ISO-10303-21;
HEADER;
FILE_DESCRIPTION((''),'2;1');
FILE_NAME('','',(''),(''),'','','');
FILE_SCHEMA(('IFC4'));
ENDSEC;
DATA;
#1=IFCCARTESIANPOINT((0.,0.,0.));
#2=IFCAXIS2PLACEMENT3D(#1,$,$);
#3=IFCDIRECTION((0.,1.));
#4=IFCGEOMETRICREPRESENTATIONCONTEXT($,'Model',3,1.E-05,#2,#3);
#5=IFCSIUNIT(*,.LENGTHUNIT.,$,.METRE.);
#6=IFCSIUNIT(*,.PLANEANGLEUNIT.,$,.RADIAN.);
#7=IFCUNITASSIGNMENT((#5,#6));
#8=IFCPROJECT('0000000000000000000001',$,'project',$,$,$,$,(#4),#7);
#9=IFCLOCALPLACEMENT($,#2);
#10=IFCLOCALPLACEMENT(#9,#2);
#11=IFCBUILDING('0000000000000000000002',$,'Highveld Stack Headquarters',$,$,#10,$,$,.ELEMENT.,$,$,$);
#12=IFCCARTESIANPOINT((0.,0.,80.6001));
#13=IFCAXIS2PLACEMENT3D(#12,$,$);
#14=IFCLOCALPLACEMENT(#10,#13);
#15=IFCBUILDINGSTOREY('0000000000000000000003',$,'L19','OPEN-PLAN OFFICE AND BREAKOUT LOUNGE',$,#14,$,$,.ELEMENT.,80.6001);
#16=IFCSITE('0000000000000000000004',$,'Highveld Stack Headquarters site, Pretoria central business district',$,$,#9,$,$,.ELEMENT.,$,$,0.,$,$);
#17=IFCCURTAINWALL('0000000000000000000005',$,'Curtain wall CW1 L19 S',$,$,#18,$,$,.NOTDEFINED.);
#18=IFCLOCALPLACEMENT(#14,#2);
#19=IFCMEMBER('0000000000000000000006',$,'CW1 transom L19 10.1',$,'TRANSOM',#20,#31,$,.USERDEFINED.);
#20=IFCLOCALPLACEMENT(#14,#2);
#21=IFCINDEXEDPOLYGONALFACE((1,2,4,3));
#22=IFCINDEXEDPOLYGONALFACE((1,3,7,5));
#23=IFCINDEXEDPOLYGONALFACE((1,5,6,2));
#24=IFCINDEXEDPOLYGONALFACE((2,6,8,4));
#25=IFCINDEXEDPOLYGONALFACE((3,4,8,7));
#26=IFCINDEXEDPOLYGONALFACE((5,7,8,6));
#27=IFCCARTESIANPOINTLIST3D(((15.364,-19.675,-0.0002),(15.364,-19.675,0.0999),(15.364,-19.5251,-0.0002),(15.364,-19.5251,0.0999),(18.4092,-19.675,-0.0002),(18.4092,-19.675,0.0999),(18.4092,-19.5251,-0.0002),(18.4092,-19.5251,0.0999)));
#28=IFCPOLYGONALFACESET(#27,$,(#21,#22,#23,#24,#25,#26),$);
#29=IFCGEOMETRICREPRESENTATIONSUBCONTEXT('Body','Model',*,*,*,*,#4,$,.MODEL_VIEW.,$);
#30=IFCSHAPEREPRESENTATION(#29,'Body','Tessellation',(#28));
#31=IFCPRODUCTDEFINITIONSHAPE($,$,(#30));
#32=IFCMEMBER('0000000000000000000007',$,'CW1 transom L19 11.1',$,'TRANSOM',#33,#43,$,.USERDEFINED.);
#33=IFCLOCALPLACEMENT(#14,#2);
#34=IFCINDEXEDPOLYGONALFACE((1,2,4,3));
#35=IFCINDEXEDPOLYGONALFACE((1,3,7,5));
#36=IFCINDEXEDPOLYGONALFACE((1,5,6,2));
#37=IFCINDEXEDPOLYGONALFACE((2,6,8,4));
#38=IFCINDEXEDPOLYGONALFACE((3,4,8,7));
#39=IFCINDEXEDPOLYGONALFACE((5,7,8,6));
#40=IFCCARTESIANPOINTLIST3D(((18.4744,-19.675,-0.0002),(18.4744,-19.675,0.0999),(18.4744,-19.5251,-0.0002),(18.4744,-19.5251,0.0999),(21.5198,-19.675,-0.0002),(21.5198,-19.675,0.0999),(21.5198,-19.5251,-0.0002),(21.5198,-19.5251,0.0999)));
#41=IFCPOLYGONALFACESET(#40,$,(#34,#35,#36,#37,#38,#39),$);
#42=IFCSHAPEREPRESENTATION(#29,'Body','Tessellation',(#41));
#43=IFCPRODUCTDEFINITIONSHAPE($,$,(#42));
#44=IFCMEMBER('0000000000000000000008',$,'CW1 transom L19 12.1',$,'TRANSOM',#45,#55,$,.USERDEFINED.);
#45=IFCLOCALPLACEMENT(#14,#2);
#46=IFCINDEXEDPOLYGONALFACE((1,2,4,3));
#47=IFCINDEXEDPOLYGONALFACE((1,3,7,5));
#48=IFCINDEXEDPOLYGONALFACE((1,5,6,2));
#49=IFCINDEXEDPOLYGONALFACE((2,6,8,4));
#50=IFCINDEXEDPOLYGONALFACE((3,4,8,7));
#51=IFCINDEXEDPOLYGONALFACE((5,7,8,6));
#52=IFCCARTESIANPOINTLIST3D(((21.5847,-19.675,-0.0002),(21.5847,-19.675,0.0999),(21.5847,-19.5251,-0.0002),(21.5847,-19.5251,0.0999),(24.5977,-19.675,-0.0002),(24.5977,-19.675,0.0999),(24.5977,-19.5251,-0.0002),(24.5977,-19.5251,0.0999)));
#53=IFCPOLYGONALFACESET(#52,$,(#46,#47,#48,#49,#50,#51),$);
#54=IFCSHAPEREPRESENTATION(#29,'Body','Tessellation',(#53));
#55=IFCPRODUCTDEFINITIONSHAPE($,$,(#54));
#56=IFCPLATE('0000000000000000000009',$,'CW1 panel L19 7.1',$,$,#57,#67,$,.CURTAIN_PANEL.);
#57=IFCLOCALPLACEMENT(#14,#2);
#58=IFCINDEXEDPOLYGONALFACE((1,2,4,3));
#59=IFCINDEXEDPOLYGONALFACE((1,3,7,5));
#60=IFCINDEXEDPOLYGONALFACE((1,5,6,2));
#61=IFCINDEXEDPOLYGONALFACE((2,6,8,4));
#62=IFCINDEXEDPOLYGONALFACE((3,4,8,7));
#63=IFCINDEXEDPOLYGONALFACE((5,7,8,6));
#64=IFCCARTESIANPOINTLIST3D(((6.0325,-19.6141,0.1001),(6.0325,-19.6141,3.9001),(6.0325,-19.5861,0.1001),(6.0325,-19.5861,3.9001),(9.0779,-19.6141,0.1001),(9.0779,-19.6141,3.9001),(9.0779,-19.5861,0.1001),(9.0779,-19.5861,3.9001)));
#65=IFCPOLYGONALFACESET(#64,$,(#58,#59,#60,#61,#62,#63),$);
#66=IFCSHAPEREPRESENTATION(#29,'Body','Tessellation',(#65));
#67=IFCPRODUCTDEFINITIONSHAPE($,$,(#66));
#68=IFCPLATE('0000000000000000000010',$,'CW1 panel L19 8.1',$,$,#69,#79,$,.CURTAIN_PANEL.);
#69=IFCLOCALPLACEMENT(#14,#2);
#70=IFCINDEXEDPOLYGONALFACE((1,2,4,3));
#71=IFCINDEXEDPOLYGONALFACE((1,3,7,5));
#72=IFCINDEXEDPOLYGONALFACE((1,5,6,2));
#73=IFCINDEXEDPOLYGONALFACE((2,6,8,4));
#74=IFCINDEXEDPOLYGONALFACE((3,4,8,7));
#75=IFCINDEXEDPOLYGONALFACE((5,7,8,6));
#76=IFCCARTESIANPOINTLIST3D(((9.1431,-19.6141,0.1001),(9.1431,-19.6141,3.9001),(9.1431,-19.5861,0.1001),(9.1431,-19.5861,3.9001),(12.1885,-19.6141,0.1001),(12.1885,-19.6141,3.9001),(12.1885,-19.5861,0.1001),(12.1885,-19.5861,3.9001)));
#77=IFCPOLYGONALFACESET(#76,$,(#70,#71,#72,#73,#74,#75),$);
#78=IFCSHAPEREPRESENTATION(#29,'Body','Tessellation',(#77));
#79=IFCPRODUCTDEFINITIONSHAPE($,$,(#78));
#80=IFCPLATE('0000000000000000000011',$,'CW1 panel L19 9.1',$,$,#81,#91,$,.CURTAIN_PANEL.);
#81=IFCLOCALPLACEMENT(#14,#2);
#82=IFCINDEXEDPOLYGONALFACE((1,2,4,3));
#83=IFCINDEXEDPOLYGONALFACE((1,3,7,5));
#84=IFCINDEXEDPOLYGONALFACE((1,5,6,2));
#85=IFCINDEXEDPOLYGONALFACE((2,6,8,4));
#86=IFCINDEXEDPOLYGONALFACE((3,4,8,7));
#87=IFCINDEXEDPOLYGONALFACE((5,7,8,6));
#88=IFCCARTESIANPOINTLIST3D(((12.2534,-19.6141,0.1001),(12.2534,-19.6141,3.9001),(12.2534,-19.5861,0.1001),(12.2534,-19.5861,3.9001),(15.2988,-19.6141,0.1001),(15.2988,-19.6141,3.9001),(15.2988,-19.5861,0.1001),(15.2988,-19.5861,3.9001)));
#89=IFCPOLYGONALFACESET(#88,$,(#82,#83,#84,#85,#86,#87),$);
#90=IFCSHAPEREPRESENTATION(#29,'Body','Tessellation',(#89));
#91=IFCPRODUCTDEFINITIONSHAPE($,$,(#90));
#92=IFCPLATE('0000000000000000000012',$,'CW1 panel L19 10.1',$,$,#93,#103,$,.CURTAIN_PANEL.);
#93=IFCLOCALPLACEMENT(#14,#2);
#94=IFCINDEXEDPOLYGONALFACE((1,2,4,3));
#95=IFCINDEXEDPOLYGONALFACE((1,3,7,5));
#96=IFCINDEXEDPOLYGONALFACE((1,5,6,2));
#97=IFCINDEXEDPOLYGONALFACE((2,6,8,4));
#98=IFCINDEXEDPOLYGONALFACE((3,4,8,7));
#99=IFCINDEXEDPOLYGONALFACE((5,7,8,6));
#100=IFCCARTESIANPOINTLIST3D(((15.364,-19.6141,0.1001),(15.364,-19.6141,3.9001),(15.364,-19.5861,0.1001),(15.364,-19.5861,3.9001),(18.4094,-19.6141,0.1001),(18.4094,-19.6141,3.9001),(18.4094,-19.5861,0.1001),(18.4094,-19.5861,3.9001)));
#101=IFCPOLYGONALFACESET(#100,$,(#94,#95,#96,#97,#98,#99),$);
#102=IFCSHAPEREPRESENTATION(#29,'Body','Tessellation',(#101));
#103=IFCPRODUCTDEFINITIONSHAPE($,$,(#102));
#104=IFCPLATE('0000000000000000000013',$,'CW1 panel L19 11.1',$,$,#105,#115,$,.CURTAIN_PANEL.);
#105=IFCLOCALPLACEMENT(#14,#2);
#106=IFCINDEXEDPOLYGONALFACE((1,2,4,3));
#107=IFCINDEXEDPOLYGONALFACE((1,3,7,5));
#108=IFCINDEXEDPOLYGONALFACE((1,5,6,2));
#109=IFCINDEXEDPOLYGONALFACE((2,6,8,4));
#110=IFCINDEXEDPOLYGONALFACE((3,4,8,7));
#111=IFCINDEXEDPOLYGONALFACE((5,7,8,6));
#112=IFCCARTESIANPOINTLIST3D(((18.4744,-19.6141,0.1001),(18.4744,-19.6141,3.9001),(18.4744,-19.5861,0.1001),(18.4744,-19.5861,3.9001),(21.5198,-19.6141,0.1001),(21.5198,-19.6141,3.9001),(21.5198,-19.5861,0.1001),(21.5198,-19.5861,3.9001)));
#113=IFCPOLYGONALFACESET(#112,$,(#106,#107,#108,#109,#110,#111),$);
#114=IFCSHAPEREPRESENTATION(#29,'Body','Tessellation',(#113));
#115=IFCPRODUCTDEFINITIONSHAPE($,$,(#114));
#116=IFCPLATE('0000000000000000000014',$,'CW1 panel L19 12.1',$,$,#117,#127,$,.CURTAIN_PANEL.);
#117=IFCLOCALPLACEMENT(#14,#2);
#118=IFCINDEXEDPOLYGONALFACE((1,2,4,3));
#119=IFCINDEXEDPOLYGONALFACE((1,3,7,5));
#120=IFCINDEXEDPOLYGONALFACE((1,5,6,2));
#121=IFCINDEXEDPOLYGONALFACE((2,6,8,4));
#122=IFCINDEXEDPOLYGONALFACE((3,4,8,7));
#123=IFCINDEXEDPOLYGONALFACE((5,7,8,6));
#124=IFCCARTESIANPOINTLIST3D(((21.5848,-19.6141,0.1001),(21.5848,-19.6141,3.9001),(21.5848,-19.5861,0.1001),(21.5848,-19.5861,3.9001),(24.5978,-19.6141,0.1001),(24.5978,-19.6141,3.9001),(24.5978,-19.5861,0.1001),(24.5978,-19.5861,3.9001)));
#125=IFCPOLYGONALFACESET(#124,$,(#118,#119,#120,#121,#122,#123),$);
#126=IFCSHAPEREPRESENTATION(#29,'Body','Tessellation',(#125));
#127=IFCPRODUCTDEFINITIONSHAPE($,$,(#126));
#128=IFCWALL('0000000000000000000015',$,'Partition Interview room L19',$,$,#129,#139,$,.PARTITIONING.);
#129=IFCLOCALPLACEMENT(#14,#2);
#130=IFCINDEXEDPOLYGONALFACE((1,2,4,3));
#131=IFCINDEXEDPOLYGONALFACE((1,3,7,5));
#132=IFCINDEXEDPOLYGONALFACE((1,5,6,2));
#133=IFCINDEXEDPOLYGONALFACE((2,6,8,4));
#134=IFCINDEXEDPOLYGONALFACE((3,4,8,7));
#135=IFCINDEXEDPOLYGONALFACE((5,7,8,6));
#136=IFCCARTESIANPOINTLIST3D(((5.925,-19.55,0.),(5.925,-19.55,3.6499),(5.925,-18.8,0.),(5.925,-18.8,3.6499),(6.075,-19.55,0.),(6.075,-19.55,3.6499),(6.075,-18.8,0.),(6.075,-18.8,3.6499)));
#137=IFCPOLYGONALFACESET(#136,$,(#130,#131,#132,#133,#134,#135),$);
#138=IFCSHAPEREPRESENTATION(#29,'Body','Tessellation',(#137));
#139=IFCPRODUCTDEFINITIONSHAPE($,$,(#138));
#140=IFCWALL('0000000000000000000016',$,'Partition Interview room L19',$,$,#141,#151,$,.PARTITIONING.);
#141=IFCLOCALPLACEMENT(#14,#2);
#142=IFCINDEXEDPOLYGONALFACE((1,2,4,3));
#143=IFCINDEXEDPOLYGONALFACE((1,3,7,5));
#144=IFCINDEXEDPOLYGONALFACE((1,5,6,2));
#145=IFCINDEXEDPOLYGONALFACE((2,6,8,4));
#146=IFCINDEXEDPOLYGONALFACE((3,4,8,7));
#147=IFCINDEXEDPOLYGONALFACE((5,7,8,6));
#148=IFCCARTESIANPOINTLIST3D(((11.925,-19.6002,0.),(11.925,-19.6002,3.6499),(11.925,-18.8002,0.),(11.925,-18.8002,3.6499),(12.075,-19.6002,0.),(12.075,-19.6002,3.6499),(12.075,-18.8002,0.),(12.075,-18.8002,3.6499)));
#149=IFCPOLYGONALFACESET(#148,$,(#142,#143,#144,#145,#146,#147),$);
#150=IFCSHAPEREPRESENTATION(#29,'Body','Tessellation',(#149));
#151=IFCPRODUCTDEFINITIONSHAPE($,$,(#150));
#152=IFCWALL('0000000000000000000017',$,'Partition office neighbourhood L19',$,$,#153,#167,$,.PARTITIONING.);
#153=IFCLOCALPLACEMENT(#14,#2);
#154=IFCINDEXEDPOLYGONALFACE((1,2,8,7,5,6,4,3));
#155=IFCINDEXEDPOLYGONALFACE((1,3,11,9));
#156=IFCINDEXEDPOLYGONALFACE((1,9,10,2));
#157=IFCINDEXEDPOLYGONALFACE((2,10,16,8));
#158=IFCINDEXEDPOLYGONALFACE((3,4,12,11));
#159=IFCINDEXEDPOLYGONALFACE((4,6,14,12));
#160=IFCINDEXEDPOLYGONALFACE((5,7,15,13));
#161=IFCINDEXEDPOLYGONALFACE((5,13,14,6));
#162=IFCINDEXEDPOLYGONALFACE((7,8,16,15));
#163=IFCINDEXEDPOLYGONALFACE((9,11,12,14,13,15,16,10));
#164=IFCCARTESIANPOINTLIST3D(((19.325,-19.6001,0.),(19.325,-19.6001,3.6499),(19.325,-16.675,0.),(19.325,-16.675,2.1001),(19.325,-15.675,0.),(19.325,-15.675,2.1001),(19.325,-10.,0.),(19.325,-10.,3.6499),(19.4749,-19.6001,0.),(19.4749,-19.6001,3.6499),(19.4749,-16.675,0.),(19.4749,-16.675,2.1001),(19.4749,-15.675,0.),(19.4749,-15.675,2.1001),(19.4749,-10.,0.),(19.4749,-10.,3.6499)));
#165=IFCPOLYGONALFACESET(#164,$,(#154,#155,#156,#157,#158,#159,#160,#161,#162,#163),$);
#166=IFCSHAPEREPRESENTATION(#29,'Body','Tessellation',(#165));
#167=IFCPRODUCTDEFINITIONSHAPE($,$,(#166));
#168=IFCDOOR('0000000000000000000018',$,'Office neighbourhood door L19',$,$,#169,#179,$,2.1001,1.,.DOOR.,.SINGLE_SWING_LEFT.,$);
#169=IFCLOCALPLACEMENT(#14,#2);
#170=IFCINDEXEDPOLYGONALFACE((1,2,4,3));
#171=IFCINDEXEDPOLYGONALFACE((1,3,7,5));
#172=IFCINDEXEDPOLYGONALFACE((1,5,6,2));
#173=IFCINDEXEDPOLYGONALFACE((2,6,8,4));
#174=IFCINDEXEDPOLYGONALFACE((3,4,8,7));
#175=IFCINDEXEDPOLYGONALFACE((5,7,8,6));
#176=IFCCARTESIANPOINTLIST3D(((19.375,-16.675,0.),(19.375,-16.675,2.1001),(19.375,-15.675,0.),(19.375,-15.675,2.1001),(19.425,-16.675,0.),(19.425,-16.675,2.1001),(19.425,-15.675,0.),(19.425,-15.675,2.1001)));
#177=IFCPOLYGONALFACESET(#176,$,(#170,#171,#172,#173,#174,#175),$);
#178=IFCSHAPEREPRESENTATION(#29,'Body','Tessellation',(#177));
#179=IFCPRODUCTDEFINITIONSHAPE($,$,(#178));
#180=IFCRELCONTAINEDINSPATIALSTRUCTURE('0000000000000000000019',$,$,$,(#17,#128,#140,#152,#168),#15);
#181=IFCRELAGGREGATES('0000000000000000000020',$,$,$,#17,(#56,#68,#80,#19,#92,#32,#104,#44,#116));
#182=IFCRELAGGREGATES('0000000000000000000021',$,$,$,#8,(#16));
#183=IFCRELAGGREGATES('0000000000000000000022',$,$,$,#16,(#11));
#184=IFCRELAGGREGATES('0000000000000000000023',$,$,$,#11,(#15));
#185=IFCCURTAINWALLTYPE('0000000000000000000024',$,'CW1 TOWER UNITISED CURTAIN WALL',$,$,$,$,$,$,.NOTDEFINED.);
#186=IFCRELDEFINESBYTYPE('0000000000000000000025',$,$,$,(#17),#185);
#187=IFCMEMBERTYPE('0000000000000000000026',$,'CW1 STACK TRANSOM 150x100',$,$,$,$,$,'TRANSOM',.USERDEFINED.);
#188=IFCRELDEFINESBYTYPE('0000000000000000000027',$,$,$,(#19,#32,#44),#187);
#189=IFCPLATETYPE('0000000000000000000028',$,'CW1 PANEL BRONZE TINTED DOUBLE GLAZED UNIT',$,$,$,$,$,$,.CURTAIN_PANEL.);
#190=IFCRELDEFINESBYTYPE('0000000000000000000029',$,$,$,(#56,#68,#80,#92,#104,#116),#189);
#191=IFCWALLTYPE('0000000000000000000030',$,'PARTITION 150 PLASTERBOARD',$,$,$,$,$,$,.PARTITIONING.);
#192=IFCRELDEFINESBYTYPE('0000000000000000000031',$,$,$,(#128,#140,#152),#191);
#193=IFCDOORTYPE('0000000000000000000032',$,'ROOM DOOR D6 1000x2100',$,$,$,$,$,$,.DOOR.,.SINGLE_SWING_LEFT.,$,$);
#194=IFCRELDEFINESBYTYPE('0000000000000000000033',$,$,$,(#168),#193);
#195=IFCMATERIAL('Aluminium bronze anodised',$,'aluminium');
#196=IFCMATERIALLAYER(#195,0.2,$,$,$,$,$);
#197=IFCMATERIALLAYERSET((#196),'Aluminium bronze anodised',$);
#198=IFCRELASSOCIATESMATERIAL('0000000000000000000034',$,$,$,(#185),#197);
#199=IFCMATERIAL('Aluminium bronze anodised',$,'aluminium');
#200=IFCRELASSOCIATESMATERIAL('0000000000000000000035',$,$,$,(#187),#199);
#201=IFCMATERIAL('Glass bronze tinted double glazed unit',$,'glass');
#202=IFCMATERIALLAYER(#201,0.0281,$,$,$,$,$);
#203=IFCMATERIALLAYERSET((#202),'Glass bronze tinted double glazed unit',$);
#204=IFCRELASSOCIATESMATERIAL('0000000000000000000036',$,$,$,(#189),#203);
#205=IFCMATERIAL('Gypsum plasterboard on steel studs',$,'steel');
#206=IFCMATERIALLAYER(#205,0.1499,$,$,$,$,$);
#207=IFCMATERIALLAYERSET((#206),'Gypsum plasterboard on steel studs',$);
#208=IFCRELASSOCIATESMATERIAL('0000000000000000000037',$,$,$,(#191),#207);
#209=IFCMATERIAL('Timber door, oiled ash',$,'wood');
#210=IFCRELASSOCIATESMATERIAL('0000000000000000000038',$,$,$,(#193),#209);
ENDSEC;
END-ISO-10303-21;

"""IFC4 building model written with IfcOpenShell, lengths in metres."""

from ifc_helpers import new_model, si_unit, direction, frame, frame_2d, origin, origin_2d, place, context, subcontext, project, spatial, rectangle, extrude, material, layer, layer_set, material_profile, profile_set, type_object, element, fill, aggregate, save


model = new_model("IFC4")

# Units and contexts
model_context = context("Model", 3, precision=1e-05, world=origin(), true_north=direction((0.0, 1.0)))
body_context = subcontext(model_context, "Body", "Model", "MODEL_VIEW")
ifc_project = project(units=[si_unit("LENGTHUNIT", "METRE"), si_unit("PLANEANGLEUNIT", "RADIAN")], contexts=[model_context])

# Site, building, storey
site_placement = place(None, origin())
site = spatial("IfcSite", under=ifc_project, at=site_placement, Name="Highveld Stack Headquarters site, Pretoria central business district", CompositionType="ELEMENT", RefElevation=0.0)
building_placement = place(site_placement, origin())
building = spatial("IfcBuilding", under=site, at=building_placement, Name="Highveld Stack Headquarters", CompositionType="ELEMENT")
storey_placement = place(building_placement, frame((0.0, 0.0, 80.6001)))
storey = spatial("IfcBuildingStorey", under=building, at=storey_placement, Name="L19", Description="OPEN-PLAN OFFICE AND BREAKOUT LOUNGE", CompositionType="ELEMENT", Elevation=80.6001)

# Curtain wall, members, plates
ifc_material_1 = material(Name="Aluminium bronze anodised", Category="aluminium")
ifc_layer_1 = layer(ifc_material_1, 0.2)
ifc_layer_set_1 = layer_set([ifc_layer_1], Name="Aluminium bronze anodised")
curtain_wall_type = type_object("IfcCurtainWallType", Name="CW1 TOWER UNITISED CURTAIN WALL", PredefinedType="NOTDEFINED", material=ifc_layer_set_1)
curtain_wall_placement = place(storey_placement, origin())
curtain_wall = element("IfcCurtainWall", 1, at=curtain_wall_placement, inside=storey, type_object=curtain_wall_type, Name="Curtain wall CW1 L19 S", PredefinedType="NOTDEFINED")
ifc_material_2 = material(Name="Aluminium bronze anodised", Category="aluminium")
ifc_material_profile_1 = material_profile(ifc_material_2, rectangle(XDim=0.1499, YDim=0.1001, at=origin_2d()), Name="CW1 TRANSOM 150x100")
ifc_profile_set_1 = profile_set([ifc_material_profile_1], Name="Aluminium bronze anodised")
member_type_1 = type_object("IfcMemberType", Name="CW1 STACK TRANSOM 150x100", ElementType="TRANSOM", PredefinedType="USERDEFINED", material=ifc_profile_set_1)
member_1_placement = place(storey_placement, frame((15.364, -19.6001, 0.0498), z_axis=(1.0, 0.0, 0.0), x_axis=(0.0, 1.0, 0.0)))
member_1 = element("IfcMember", 2, at=member_1_placement, type_object=member_type_1, Name="CW1 transom L19 10.1", ObjectType="TRANSOM", PredefinedType="USERDEFINED", context=body_context, shape_type="SweptSolid", body=[
    extrude(rectangle(XDim=0.1499, YDim=0.1001, at=origin_2d()), origin(), (0.0, 0.0, 1.0), 3.0452),
])
member_2_placement = place(storey_placement, frame((18.4744, -19.6001, 0.0498), z_axis=(1.0, 0.0, 0.0), x_axis=(0.0, 1.0, 0.0)))
member_2 = element("IfcMember", 3, at=member_2_placement, type_object=member_type_1, Name="CW1 transom L19 11.1", ObjectType="TRANSOM", PredefinedType="USERDEFINED", context=body_context, shape_type="SweptSolid", body=[
    extrude(rectangle(XDim=0.1499, YDim=0.1001, at=origin_2d()), origin(), (0.0, 0.0, 1.0), 3.0454),
])
member_3_placement = place(storey_placement, frame((21.5847, -19.6001, 0.0498), z_axis=(1.0, 0.0, 0.0), x_axis=(0.0, 1.0, 0.0)))
member_3 = element("IfcMember", 4, at=member_3_placement, type_object=member_type_1, Name="CW1 transom L19 12.1", ObjectType="TRANSOM", PredefinedType="USERDEFINED", context=body_context, shape_type="SweptSolid", body=[
    extrude(rectangle(XDim=0.1499, YDim=0.1001, at=origin_2d()), origin(), (0.0, 0.0, 1.0), 3.0129),
])
ifc_material_3 = material(Name="Glass bronze tinted double glazed unit", Category="glass")
ifc_layer_2 = layer(ifc_material_3, 0.0281)
ifc_layer_set_2 = layer_set([ifc_layer_2], Name="Glass bronze tinted double glazed unit")
plate_type = type_object("IfcPlateType", Name="CW1 PANEL BRONZE TINTED DOUBLE GLAZED UNIT", PredefinedType="CURTAIN_PANEL", material=ifc_layer_set_2)
plate_1_placement = place(storey_placement, frame((7.5552, -19.6001, 0.1001), z_axis=(0.0, 0.0, 1.0), x_axis=(1.0, 0.0, 0.0)))
plate_1 = element("IfcPlate", 5, at=plate_1_placement, type_object=plate_type, Name="CW1 panel L19 7.1", PredefinedType="CURTAIN_PANEL", context=body_context, shape_type="SweptSolid", body=[
    extrude(rectangle(XDim=3.0454, YDim=0.0281, at=origin_2d()), origin(), (0.0, 0.0, 1.0), 3.8),
])
plate_2_placement = place(storey_placement, frame((10.6658, -19.6001, 0.1001), z_axis=(0.0, 0.0, 1.0), x_axis=(1.0, 0.0, 0.0)))
plate_2 = element("IfcPlate", 6, at=plate_2_placement, type_object=plate_type, Name="CW1 panel L19 8.1", PredefinedType="CURTAIN_PANEL", context=body_context, shape_type="SweptSolid", body=[
    extrude(rectangle(XDim=3.0454, YDim=0.0281, at=origin_2d()), origin(), (0.0, 0.0, 1.0), 3.8),
])
plate_3_placement = place(storey_placement, frame((13.7761, -19.6001, 0.1001), z_axis=(0.0, 0.0, 1.0), x_axis=(1.0, 0.0, 0.0)))
plate_3 = element("IfcPlate", 7, at=plate_3_placement, type_object=plate_type, Name="CW1 panel L19 9.1", PredefinedType="CURTAIN_PANEL", context=body_context, shape_type="SweptSolid", body=[
    extrude(rectangle(XDim=3.0454, YDim=0.0281, at=origin_2d()), origin(), (0.0, 0.0, 1.0), 3.8),
])
plate_4_placement = place(storey_placement, frame((16.8867, -19.6001, 0.1001), z_axis=(0.0, 0.0, 1.0), x_axis=(1.0, 0.0, 0.0)))
plate_4 = element("IfcPlate", 8, at=plate_4_placement, type_object=plate_type, Name="CW1 panel L19 10.1", PredefinedType="CURTAIN_PANEL", context=body_context, shape_type="SweptSolid", body=[
    extrude(rectangle(XDim=3.0454, YDim=0.0281, at=origin_2d()), origin(), (0.0, 0.0, 1.0), 3.8),
])
plate_5_placement = place(storey_placement, frame((19.9971, -19.6001, 0.1001), z_axis=(0.0, 0.0, 1.0), x_axis=(1.0, 0.0, 0.0)))
plate_5 = element("IfcPlate", 9, at=plate_5_placement, type_object=plate_type, Name="CW1 panel L19 11.1", PredefinedType="CURTAIN_PANEL", context=body_context, shape_type="SweptSolid", body=[
    extrude(rectangle(XDim=3.0454, YDim=0.0281, at=origin_2d()), origin(), (0.0, 0.0, 1.0), 3.8),
])
plate_6_placement = place(storey_placement, frame((23.0913, -19.6001, 0.1001), z_axis=(0.0, 0.0, 1.0), x_axis=(1.0, 0.0, 0.0)))
plate_6 = element("IfcPlate", 10, at=plate_6_placement, type_object=plate_type, Name="CW1 panel L19 12.1", PredefinedType="CURTAIN_PANEL", context=body_context, shape_type="SweptSolid", body=[
    extrude(rectangle(XDim=3.0129, YDim=0.0281, at=origin_2d()), origin(), (0.0, 0.0, 1.0), 3.8),
])
aggregate(curtain_wall, [plate_1, plate_2, plate_3, member_1, plate_4, member_2, plate_5, member_3, plate_6])

# Walls
ifc_material_4 = material(Name="Gypsum plasterboard on steel studs", Category="steel")
ifc_layer_3 = layer(ifc_material_4, 0.1499)
ifc_layer_set_3 = layer_set([ifc_layer_3], Name="Gypsum plasterboard on steel studs")
wall_type = type_object("IfcWallType", Name="PARTITION 150 PLASTERBOARD", PredefinedType="PARTITIONING", material=ifc_layer_set_3)
wall_1_placement = place(storey_placement, frame((6.0, -19.55, 0.0), z_axis=(0.0, 0.0, 1.0), x_axis=(0.0, 1.0, 0.0)))
element("IfcWall", 11, at=wall_1_placement, inside=storey, type_object=wall_type, Name="Partition Interview room L19", PredefinedType="PARTITIONING", context=body_context, shape_type="SweptSolid", body=[
    extrude(rectangle(XDim=0.75, YDim=0.1499, at=frame_2d((0.375, 0.0))), origin(), (0.0, 0.0, 1.0), 3.6499),
])
wall_2_placement = place(storey_placement, frame((12.0, -19.6001, 0.0), z_axis=(0.0, 0.0, 1.0), x_axis=(0.0, 1.0, 0.0)))
element("IfcWall", 12, at=wall_2_placement, inside=storey, type_object=wall_type, Name="Partition Interview room L19", PredefinedType="PARTITIONING", context=body_context, shape_type="SweptSolid", body=[
    extrude(rectangle(XDim=0.8, YDim=0.1499, at=frame_2d((0.3999, 0.0))), origin(), (0.0, 0.0, 1.0), 3.6499),
])

# Wall, opening, door
wall_3_placement = place(storey_placement, frame((19.3999, -19.6001, 0.0), z_axis=(0.0, 0.0, 1.0), x_axis=(0.0, 1.0, 0.0)))
wall_3 = element("IfcWall", 13, at=wall_3_placement, inside=storey, type_object=wall_type, Name="Partition office neighbourhood L19", PredefinedType="PARTITIONING", context=body_context, shape_type="SweptSolid", body=[
    extrude(rectangle(XDim=9.6001, YDim=0.1499, at=frame_2d((4.8, 0.0))), origin(), (0.0, 0.0, 1.0), 3.6499),
])
opening_1_placement = place(wall_3_placement, frame((2.925, 0.0, 0.0)))
opening_1 = element("IfcOpeningElement", 14, at=opening_1_placement, cuts=wall_3, PredefinedType="OPENING", context=body_context, shape_type="SweptSolid", body=[
    extrude(rectangle(XDim=1.0, YDim=2.1001, at=frame_2d((0.5, 1.05))), frame((0.0, 0.085, 0.0), z_axis=(0.0, -1.0, 0.0), x_axis=(1.0, 0.0, 0.0)), (0.0, 0.0, 1.0), 0.1699),
])
ifc_material_5 = material(Name="Timber door, oiled ash", Category="wood")
door_type = type_object("IfcDoorType", Name="ROOM DOOR D6 1000x2100", OperationType="SINGLE_SWING_LEFT", PredefinedType="DOOR", material=ifc_material_5)
door_1_placement = place(opening_1_placement, origin())
door_1 = element("IfcDoor", 15, at=door_1_placement, inside=storey, type_object=door_type, Name="Office neighbourhood door L19", OperationType="SINGLE_SWING_LEFT", OverallHeight=2.1001, OverallWidth=1.0, PredefinedType="DOOR", context=body_context, shape_type="SweptSolid", body=[
    extrude(rectangle(XDim=1.0, YDim=2.1001, at=frame_2d((0.5, 1.05))), frame((0.0, 0.0249, 0.0), z_axis=(0.0, -1.0, 0.0), x_axis=(1.0, 0.0, 0.0)), (0.0, 0.0, 1.0), 0.05),
])
fill(opening_1, door_1)

save(model, "model.ifc")
